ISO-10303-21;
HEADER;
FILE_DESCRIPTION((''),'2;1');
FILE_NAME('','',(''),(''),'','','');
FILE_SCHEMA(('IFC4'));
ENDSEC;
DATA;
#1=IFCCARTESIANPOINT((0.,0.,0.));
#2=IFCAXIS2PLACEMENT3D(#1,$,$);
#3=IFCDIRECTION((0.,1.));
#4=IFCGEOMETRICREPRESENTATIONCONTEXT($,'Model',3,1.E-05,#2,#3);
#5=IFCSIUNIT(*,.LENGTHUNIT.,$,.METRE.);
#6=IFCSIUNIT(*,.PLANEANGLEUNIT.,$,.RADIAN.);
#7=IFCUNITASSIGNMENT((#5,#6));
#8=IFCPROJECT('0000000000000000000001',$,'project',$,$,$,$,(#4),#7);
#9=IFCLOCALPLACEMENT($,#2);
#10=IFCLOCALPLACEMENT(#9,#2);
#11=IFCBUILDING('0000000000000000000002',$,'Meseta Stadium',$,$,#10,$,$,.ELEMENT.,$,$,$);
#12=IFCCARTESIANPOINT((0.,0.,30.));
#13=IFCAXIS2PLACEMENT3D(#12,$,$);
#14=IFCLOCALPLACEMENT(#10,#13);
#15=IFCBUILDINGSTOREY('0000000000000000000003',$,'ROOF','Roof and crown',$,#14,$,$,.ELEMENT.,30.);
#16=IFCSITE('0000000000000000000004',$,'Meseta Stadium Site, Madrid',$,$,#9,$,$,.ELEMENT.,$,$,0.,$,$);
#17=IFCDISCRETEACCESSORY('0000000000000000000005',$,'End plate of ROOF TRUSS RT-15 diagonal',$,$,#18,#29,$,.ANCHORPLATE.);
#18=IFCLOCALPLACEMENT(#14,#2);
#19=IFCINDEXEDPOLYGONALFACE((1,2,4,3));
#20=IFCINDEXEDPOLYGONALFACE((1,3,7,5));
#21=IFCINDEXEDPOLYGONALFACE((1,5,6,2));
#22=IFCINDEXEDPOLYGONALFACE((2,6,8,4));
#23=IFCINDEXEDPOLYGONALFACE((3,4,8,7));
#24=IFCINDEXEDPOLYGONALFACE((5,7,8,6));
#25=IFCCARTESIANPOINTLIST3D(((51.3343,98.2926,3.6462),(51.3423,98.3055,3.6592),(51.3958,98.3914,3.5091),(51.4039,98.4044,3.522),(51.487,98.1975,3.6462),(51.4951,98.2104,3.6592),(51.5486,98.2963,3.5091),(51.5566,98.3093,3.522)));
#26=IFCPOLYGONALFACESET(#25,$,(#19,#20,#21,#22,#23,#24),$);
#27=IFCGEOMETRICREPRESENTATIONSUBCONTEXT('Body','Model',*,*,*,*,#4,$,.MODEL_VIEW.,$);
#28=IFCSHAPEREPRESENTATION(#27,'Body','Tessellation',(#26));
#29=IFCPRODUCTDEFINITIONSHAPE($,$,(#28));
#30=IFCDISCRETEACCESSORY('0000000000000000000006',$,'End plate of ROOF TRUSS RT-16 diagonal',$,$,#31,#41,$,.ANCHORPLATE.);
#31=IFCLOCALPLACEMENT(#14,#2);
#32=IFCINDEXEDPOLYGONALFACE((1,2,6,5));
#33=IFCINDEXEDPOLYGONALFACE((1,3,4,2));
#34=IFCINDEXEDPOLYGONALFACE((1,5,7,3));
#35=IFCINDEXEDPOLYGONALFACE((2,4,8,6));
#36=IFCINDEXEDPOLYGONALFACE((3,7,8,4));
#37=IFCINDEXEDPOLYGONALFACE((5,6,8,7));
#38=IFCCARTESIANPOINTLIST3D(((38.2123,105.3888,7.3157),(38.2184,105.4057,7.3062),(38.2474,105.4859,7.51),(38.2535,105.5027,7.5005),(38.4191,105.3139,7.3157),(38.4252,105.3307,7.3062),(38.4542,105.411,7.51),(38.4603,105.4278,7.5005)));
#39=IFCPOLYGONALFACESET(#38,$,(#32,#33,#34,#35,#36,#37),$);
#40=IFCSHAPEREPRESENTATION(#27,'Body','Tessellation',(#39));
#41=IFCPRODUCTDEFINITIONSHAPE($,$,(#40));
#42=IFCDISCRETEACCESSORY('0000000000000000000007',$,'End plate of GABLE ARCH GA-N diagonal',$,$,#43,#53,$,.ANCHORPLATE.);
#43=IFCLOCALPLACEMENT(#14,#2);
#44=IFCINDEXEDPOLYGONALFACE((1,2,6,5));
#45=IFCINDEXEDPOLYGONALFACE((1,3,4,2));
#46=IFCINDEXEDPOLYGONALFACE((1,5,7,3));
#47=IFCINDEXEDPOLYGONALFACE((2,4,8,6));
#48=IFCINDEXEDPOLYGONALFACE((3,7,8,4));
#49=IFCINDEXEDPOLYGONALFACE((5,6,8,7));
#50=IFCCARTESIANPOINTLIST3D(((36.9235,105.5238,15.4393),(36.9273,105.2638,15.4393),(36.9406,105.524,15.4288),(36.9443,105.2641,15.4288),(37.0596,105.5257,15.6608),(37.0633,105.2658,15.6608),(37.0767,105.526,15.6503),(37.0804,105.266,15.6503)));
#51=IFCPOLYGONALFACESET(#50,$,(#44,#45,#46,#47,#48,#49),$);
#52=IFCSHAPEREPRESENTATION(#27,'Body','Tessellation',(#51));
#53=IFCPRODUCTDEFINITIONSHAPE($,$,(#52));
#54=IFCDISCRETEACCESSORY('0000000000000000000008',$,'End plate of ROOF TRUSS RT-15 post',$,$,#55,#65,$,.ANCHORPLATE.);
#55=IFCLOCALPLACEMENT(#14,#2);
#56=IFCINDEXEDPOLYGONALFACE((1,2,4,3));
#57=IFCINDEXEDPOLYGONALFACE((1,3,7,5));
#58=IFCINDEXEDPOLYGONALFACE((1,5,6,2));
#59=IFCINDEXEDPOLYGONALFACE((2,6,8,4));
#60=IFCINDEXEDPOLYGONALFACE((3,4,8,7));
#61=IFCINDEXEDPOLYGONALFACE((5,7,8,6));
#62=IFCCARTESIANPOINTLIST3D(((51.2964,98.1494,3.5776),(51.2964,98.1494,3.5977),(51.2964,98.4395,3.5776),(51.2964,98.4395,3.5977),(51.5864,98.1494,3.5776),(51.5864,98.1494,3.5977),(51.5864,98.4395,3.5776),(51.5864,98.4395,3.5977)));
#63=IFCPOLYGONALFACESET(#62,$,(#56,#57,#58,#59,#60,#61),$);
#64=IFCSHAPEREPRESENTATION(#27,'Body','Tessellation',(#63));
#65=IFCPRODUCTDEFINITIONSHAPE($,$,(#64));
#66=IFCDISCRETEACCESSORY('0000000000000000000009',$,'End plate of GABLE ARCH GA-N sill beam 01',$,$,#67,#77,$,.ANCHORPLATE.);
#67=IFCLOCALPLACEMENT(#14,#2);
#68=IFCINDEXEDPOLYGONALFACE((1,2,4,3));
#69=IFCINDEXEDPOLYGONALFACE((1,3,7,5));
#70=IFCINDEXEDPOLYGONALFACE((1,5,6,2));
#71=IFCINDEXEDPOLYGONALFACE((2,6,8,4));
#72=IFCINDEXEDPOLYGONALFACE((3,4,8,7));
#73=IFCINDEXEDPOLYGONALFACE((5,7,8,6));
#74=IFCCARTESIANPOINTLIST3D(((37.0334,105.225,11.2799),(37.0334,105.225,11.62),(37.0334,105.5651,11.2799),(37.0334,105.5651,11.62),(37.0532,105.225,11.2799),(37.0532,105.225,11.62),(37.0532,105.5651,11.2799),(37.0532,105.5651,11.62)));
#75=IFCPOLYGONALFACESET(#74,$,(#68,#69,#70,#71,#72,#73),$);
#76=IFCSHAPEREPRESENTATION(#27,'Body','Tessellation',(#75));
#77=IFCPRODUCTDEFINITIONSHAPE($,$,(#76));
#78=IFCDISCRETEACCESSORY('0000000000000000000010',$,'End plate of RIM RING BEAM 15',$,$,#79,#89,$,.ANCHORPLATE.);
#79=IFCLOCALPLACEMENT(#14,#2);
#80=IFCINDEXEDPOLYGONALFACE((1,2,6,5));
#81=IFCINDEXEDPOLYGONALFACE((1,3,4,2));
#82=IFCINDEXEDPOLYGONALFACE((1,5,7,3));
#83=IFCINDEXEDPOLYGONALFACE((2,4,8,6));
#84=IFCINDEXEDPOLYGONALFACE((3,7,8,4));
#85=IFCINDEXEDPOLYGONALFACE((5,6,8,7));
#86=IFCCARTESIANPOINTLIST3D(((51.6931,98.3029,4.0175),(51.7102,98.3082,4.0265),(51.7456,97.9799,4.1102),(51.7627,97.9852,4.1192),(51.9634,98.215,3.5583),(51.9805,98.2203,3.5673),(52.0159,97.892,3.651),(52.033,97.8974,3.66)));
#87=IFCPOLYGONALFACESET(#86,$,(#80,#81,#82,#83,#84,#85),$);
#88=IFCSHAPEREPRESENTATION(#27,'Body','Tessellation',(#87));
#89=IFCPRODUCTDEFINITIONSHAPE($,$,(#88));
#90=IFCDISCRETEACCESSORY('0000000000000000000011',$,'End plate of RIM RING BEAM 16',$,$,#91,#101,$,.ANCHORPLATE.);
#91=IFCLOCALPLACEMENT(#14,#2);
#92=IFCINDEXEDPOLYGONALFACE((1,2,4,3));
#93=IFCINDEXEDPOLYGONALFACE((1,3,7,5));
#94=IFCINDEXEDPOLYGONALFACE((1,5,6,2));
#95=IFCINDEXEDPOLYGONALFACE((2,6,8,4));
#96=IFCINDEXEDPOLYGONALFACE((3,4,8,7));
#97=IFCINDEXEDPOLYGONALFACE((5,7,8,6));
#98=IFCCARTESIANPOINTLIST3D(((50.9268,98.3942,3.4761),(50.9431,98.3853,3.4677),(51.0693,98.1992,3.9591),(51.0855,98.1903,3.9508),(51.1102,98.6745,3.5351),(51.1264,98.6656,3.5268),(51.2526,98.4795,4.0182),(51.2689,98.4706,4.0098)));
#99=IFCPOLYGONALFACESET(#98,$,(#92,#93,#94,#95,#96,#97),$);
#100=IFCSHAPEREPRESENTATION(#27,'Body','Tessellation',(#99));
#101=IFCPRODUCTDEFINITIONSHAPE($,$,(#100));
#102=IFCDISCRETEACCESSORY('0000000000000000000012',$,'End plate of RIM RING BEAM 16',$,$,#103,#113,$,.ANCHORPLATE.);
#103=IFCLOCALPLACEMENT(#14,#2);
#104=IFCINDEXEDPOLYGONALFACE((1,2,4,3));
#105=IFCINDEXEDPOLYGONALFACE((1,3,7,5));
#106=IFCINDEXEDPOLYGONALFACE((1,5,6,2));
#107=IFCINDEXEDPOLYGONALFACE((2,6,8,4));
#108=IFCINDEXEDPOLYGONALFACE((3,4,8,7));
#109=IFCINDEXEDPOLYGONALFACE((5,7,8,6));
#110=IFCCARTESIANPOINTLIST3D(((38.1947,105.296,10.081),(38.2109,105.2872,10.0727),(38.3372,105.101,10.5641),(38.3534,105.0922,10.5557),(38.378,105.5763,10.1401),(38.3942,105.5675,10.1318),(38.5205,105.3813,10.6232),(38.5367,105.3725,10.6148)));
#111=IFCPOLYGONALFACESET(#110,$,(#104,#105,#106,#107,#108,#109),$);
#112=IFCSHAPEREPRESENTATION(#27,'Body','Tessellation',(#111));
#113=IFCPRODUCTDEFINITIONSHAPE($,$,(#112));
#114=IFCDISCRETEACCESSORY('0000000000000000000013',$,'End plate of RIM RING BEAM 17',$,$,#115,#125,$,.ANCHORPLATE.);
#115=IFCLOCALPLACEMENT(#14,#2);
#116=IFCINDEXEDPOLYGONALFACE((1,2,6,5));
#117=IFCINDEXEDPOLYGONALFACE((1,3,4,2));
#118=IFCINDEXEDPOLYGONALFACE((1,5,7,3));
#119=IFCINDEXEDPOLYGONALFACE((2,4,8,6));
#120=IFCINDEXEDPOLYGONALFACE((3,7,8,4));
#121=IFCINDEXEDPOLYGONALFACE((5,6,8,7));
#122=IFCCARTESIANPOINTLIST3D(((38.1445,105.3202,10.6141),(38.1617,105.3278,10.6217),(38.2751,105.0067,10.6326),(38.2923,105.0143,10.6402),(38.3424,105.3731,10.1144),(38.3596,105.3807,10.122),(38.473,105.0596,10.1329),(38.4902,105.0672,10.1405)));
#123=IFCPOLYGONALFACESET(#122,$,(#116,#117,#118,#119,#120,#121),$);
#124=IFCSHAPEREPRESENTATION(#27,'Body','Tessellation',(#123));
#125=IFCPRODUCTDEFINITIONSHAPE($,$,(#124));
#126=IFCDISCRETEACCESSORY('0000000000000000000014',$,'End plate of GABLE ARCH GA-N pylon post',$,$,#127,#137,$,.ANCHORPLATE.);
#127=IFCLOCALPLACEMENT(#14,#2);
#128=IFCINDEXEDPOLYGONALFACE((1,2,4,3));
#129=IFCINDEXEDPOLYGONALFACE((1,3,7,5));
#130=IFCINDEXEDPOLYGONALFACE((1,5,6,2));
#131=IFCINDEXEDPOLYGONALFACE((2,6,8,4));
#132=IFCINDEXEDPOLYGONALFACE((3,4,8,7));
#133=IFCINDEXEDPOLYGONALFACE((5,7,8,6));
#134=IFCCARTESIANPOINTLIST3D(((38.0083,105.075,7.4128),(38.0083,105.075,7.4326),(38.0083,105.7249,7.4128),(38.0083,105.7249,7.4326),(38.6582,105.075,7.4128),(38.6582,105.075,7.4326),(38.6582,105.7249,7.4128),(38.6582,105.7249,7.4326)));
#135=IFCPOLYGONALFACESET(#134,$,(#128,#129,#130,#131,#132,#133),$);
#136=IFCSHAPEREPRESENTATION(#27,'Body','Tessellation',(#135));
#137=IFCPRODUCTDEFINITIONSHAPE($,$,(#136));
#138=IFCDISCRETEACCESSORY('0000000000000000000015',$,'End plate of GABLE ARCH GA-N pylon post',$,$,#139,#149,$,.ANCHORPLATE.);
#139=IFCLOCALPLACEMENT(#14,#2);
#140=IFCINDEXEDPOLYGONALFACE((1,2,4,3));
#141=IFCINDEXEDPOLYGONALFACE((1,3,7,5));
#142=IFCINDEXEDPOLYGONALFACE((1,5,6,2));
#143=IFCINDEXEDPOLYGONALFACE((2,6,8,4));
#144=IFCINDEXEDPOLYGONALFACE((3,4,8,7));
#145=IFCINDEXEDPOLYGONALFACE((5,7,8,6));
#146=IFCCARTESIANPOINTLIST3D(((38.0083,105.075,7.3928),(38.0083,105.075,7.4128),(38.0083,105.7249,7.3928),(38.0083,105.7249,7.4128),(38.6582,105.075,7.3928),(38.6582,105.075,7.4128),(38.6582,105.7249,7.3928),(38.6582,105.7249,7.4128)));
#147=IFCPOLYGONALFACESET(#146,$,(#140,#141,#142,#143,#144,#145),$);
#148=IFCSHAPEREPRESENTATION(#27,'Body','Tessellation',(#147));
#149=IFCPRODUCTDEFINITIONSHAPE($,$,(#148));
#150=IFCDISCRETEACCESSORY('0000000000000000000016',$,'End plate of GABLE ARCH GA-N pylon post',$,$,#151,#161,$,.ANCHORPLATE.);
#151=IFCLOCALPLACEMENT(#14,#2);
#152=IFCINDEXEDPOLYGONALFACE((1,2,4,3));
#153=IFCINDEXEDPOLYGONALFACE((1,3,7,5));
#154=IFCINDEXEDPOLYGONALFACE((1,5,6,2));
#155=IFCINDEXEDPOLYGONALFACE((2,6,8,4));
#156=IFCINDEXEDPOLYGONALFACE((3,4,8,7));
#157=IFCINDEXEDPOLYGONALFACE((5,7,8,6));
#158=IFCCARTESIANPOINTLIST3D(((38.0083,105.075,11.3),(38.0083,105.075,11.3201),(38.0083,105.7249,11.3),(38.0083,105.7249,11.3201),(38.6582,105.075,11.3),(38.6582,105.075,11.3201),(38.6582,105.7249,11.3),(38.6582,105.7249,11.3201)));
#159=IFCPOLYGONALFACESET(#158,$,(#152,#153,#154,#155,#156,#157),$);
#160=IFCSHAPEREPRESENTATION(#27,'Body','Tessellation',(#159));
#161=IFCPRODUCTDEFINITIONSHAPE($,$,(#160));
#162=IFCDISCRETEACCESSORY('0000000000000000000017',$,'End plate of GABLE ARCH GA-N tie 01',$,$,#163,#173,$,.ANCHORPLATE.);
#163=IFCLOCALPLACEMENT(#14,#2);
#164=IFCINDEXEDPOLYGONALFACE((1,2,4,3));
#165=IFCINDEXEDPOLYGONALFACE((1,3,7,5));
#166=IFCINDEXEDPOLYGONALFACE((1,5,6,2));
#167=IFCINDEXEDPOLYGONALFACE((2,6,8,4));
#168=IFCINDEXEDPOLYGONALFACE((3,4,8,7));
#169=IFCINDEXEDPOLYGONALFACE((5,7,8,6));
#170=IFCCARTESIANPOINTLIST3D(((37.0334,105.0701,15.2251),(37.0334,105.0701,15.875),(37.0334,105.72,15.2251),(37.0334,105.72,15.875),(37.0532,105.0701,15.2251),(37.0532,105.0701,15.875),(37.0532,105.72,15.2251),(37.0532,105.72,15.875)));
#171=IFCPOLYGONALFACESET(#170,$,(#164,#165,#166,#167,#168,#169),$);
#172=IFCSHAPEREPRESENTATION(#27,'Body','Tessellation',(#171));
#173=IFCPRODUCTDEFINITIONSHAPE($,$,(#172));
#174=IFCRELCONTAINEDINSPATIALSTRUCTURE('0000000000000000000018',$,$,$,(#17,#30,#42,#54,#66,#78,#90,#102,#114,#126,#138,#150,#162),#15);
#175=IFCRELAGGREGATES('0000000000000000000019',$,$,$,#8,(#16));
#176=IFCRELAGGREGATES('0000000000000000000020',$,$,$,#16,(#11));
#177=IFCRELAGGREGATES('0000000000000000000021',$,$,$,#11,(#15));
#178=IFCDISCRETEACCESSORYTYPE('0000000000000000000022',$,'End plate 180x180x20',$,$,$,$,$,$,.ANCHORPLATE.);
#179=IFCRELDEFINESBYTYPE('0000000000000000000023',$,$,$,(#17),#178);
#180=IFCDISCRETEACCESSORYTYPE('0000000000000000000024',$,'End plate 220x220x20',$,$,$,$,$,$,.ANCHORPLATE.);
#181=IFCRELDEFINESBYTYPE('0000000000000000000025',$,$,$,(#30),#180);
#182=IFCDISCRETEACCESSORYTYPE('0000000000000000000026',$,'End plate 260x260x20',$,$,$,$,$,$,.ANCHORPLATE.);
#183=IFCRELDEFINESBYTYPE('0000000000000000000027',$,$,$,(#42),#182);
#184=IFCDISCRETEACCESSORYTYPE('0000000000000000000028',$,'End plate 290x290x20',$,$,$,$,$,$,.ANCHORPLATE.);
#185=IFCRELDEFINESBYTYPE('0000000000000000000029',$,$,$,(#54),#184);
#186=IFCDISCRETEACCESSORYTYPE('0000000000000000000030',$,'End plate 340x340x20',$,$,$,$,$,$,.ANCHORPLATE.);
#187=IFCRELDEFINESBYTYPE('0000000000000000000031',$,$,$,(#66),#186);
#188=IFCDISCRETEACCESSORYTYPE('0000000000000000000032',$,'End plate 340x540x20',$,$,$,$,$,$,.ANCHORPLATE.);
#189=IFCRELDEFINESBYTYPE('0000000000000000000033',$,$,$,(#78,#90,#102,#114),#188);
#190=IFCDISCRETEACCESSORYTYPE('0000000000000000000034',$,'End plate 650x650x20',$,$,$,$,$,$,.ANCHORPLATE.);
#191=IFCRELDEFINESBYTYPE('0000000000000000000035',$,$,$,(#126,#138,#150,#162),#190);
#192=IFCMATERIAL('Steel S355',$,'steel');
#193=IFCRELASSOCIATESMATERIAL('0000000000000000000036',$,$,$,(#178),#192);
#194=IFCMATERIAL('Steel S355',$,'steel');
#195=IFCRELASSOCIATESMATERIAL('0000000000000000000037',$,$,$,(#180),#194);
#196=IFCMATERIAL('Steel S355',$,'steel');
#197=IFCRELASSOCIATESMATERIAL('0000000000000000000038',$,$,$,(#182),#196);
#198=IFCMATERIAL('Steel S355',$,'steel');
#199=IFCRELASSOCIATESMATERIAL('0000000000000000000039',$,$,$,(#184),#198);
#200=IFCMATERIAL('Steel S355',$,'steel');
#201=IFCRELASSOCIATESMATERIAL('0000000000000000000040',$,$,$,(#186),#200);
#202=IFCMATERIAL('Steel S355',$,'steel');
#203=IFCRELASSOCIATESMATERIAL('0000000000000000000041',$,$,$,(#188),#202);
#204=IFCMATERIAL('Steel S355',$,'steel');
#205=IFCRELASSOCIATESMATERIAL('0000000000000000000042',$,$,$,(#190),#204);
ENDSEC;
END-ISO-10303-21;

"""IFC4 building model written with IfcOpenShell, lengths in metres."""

from ifc_helpers import new_model, si_unit, direction, frame, origin, origin_2d, place, context, subcontext, project, spatial, rectangle, extrude, material, material_profile, profile_set, type_object, element, save


model = new_model("IFC4")

# Units and contexts
model_context = context("Model", 3, precision=1e-05, world=origin(), true_north=direction((0.0, 1.0)))
body_context = subcontext(model_context, "Body", "Model", "MODEL_VIEW")
ifc_project = project(units=[si_unit("LENGTHUNIT", "METRE"), si_unit("PLANEANGLEUNIT", "RADIAN")], contexts=[model_context])

# Site, building, storey
site_placement = place(None, origin())
site = spatial("IfcSite", under=ifc_project, at=site_placement, Name="Meseta Stadium Site, Madrid", CompositionType="ELEMENT", RefElevation=0.0)
building_placement = place(site_placement, origin())
building = spatial("IfcBuilding", under=site, at=building_placement, Name="Meseta Stadium", CompositionType="ELEMENT")
storey_placement = place(building_placement, frame((0.0, 0.0, 30.0)))
storey = spatial("IfcBuildingStorey", under=building, at=storey_placement, Name="ROOF", Description="Roof and crown", CompositionType="ELEMENT", Elevation=30.0)

# Discrete accessories
ifc_material_1 = material(Name="Steel S355", Category="steel")
ifc_material_profile_1 = material_profile(ifc_material_1, rectangle(XDim=0.1799, YDim=0.1799, at=origin_2d()), Name="PL 180x180")
ifc_profile_set_1 = profile_set([ifc_material_profile_1], Name="Steel S355")
discrete_accessory_type_1 = type_object("IfcDiscreteAccessoryType", Name="End plate 180x180x20", PredefinedType="ANCHORPLATE", material=ifc_profile_set_1)
discrete_accessory_1_placement = place(storey_placement, frame((51.4414, 98.2944, 3.5776), z_axis=(0.402949, 0.64716, 0.64716), x_axis=(-0.848897, 0.528558, 0.0)))
element("IfcDiscreteAccessory", 1, at=discrete_accessory_1_placement, inside=storey, type_object=discrete_accessory_type_1, Name="End plate of ROOF TRUSS RT-15 diagonal", PredefinedType="ANCHORPLATE", context=body_context, shape_type="SweptSolid", body=[
    extrude(rectangle(XDim=0.1799, YDim=0.1799, at=origin_2d()), origin(), (0.0, 0.0, 1.0), 0.02),
])
ifc_material_2 = material(Name="Steel S355", Category="steel")
ifc_material_profile_2 = material_profile(ifc_material_2, rectangle(XDim=0.22, YDim=0.22, at=origin_2d()), Name="PL 220x220")
ifc_profile_set_2 = profile_set([ifc_material_profile_2], Name="Steel S355")
discrete_accessory_type_2 = type_object("IfcDiscreteAccessoryType", Name="End plate 220x220x20", PredefinedType="ANCHORPLATE", material=ifc_profile_set_2)
discrete_accessory_2_placement = place(storey_placement, frame((38.3333, 105.3999, 7.4128), z_axis=(0.300812, 0.830241, -0.469267), x_axis=(-0.940191, 0.340649, 0.0)))
element("IfcDiscreteAccessory", 2, at=discrete_accessory_2_placement, inside=storey, type_object=discrete_accessory_type_2, Name="End plate of ROOF TRUSS RT-16 diagonal", PredefinedType="ANCHORPLATE", context=body_context, shape_type="SweptSolid", body=[
    extrude(rectangle(XDim=0.22, YDim=0.22, at=origin_2d()), origin(), (0.0, 0.0, 1.0), 0.0203),
])
ifc_material_3 = material(Name="Steel S355", Category="steel")
ifc_material_profile_3 = material_profile(ifc_material_3, rectangle(XDim=0.26, YDim=0.26, at=origin_2d()), Name="PL 260x260")
ifc_profile_set_3 = profile_set([ifc_material_profile_3], Name="Steel S355")
discrete_accessory_type_3 = type_object("IfcDiscreteAccessoryType", Name="End plate 260x260x20", PredefinedType="ANCHORPLATE", material=ifc_profile_set_3)
discrete_accessory_3_placement = place(storey_placement, frame((37.0105, 105.395, 15.5396), z_axis=(-0.852013, -0.012172, 0.523379), x_axis=(0.014284, -0.999898, 0.0)))
element("IfcDiscreteAccessory", 3, at=discrete_accessory_3_placement, inside=storey, type_object=discrete_accessory_type_3, Name="End plate of GABLE ARCH GA-N diagonal", PredefinedType="ANCHORPLATE", context=body_context, shape_type="SweptSolid", body=[
    extrude(rectangle(XDim=0.26, YDim=0.26, at=origin_2d()), origin(), (0.0, 0.0, 1.0), 0.02),
])
ifc_material_4 = material(Name="Steel S355", Category="steel")
ifc_material_profile_4 = material_profile(ifc_material_4, rectangle(XDim=0.29, YDim=0.29, at=origin_2d()), Name="PL 290x290")
ifc_profile_set_4 = profile_set([ifc_material_profile_4], Name="Steel S355")
discrete_accessory_type_4 = type_object("IfcDiscreteAccessoryType", Name="End plate 290x290x20", PredefinedType="ANCHORPLATE", material=ifc_profile_set_4)
discrete_accessory_4_placement = place(storey_placement, frame((51.4414, 98.2944, 3.5776), z_axis=(0.0, 0.0, 1.0), x_axis=(1.0, 0.0, 0.0)))
element("IfcDiscreteAccessory", 4, at=discrete_accessory_4_placement, inside=storey, type_object=discrete_accessory_type_4, Name="End plate of ROOF TRUSS RT-15 post", PredefinedType="ANCHORPLATE", context=body_context, shape_type="SweptSolid", body=[
    extrude(rectangle(XDim=0.29, YDim=0.29, at=origin_2d()), origin(), (0.0, 0.0, 1.0), 0.02),
])
ifc_material_5 = material(Name="Steel S355", Category="steel")
ifc_material_profile_5 = material_profile(ifc_material_5, rectangle(XDim=0.3401, YDim=0.3401, at=origin_2d()), Name="PL 340x340")
ifc_profile_set_5 = profile_set([ifc_material_profile_5], Name="Steel S355")
discrete_accessory_type_5 = type_object("IfcDiscreteAccessoryType", Name="End plate 340x340x20", PredefinedType="ANCHORPLATE", material=ifc_profile_set_5)
discrete_accessory_5_placement = place(storey_placement, frame((37.0532, 105.395, 11.45), z_axis=(-1.0, 0.0, 0.0), x_axis=(0.0, -1.0, 0.0)))
element("IfcDiscreteAccessory", 5, at=discrete_accessory_5_placement, inside=storey, type_object=discrete_accessory_type_5, Name="End plate of GABLE ARCH GA-N sill beam 01", PredefinedType="ANCHORPLATE", context=body_context, shape_type="SweptSolid", body=[
    extrude(rectangle(XDim=0.3401, YDim=0.3401, at=origin_2d()), origin(), (0.0, 0.0, 1.0), 0.0198),
])
ifc_material_6 = material(Name="Steel S355", Category="steel")
ifc_material_profile_6 = material_profile(ifc_material_6, rectangle(XDim=0.3401, YDim=0.54, at=origin_2d()), Name="PL 340x540")
ifc_profile_set_6 = profile_set([ifc_material_profile_6], Name="Steel S355")
discrete_accessory_type_6 = type_object("IfcDiscreteAccessoryType", Name="End plate 340x540x20", PredefinedType="ANCHORPLATE", material=ifc_profile_set_6)
discrete_accessory_6_placement = place(storey_placement, frame((51.8716, 98.1028, 3.8433), z_axis=(-0.851824, -0.267716, -0.45025), x_axis=(0.154351, -0.949653, 0.272644)))
element("IfcDiscreteAccessory", 6, at=discrete_accessory_6_placement, inside=storey, type_object=discrete_accessory_type_6, Name="End plate of RIM RING BEAM 15", PredefinedType="ANCHORPLATE", context=body_context, shape_type="SweptSolid", body=[
    extrude(rectangle(XDim=0.3401, YDim=0.54, at=origin_2d()), origin(), (0.0, 0.0, 1.0), 0.02),
])
for number, where, z_axis, x_axis, name in (
    (7, (51.106, 98.428, 3.7388), (-0.799897, 0.436308, 0.412068), (-0.53903, -0.824184, -0.173686), "End plate of RIM RING BEAM 16"),
    (8, (38.3738, 105.3298, 10.3438), (-0.799897, 0.436308, 0.412068), (-0.53903, -0.824184, -0.173686), "End plate of RIM RING BEAM 16"),
    (9, (38.3259, 105.1975, 10.3811), (-0.847505, -0.375324, -0.375324), (0.384046, -0.921704, 0.054502), "End plate of RIM RING BEAM 17"),
):
    element("IfcDiscreteAccessory", number, at=place(storey_placement, frame(where, z_axis=z_axis, x_axis=x_axis)), inside=storey, type_object=discrete_accessory_type_6, Name=name, PredefinedType="ANCHORPLATE", context=body_context, shape_type="SweptSolid", body=[
        extrude(rectangle(XDim=0.3401, YDim=0.54, at=origin_2d()), origin(), (0.0, 0.0, 1.0), 0.0203),
    ])
ifc_material_7 = material(Name="Steel S355", Category="steel")
ifc_material_profile_7 = material_profile(ifc_material_7, rectangle(XDim=0.6499, YDim=0.6499, at=origin_2d()), Name="PL 650x650")
ifc_profile_set_7 = profile_set([ifc_material_profile_7], Name="Steel S355")
discrete_accessory_type_7 = type_object("IfcDiscreteAccessoryType", Name="End plate 650x650x20", PredefinedType="ANCHORPLATE", material=ifc_profile_set_7)
discrete_accessory_7_placement = place(storey_placement, frame((38.3333, 105.3999, 7.4128), z_axis=(0.0, 0.0, 1.0), x_axis=(1.0, 0.0, 0.0)))
element("IfcDiscreteAccessory", 10, at=discrete_accessory_7_placement, inside=storey, type_object=discrete_accessory_type_7, Name="End plate of GABLE ARCH GA-N pylon post", PredefinedType="ANCHORPLATE", context=body_context, shape_type="SweptSolid", body=[
    extrude(rectangle(XDim=0.6499, YDim=0.6499, at=origin_2d()), origin(), (0.0, 0.0, 1.0), 0.0198),
])
for number, where, z_axis, x_axis, name in (
    (11, (38.3333, 105.3999, 7.3928), (0.0, 0.0, 1.0), (1.0, 0.0, 0.0), "End plate of GABLE ARCH GA-N pylon post"),
    (12, (38.3333, 105.3999, 11.3), (0.0, 0.0, 1.0), (1.0, 0.0, 0.0), "End plate of GABLE ARCH GA-N pylon post"),
):
    element("IfcDiscreteAccessory", number, at=place(storey_placement, frame(where, z_axis=z_axis, x_axis=x_axis)), inside=storey, type_object=discrete_accessory_type_7, Name=name, PredefinedType="ANCHORPLATE", context=body_context, shape_type="SweptSolid", body=[
        extrude(rectangle(XDim=0.6499, YDim=0.6499, at=origin_2d()), origin(), (0.0, 0.0, 1.0), 0.02),
    ])
discrete_accessory_8_placement = place(storey_placement, frame((37.0532, 105.395, 15.55), z_axis=(-1.0, 0.0, 0.0), x_axis=(0.0, -1.0, 0.0)))
element("IfcDiscreteAccessory", 13, at=discrete_accessory_8_placement, inside=storey, type_object=discrete_accessory_type_7, Name="End plate of GABLE ARCH GA-N tie 01", PredefinedType="ANCHORPLATE", context=body_context, shape_type="SweptSolid", body=[
    extrude(rectangle(XDim=0.6499, YDim=0.6499, at=origin_2d()), origin(), (0.0, 0.0, 1.0), 0.0198),
])

save(model, "model.ifc")
